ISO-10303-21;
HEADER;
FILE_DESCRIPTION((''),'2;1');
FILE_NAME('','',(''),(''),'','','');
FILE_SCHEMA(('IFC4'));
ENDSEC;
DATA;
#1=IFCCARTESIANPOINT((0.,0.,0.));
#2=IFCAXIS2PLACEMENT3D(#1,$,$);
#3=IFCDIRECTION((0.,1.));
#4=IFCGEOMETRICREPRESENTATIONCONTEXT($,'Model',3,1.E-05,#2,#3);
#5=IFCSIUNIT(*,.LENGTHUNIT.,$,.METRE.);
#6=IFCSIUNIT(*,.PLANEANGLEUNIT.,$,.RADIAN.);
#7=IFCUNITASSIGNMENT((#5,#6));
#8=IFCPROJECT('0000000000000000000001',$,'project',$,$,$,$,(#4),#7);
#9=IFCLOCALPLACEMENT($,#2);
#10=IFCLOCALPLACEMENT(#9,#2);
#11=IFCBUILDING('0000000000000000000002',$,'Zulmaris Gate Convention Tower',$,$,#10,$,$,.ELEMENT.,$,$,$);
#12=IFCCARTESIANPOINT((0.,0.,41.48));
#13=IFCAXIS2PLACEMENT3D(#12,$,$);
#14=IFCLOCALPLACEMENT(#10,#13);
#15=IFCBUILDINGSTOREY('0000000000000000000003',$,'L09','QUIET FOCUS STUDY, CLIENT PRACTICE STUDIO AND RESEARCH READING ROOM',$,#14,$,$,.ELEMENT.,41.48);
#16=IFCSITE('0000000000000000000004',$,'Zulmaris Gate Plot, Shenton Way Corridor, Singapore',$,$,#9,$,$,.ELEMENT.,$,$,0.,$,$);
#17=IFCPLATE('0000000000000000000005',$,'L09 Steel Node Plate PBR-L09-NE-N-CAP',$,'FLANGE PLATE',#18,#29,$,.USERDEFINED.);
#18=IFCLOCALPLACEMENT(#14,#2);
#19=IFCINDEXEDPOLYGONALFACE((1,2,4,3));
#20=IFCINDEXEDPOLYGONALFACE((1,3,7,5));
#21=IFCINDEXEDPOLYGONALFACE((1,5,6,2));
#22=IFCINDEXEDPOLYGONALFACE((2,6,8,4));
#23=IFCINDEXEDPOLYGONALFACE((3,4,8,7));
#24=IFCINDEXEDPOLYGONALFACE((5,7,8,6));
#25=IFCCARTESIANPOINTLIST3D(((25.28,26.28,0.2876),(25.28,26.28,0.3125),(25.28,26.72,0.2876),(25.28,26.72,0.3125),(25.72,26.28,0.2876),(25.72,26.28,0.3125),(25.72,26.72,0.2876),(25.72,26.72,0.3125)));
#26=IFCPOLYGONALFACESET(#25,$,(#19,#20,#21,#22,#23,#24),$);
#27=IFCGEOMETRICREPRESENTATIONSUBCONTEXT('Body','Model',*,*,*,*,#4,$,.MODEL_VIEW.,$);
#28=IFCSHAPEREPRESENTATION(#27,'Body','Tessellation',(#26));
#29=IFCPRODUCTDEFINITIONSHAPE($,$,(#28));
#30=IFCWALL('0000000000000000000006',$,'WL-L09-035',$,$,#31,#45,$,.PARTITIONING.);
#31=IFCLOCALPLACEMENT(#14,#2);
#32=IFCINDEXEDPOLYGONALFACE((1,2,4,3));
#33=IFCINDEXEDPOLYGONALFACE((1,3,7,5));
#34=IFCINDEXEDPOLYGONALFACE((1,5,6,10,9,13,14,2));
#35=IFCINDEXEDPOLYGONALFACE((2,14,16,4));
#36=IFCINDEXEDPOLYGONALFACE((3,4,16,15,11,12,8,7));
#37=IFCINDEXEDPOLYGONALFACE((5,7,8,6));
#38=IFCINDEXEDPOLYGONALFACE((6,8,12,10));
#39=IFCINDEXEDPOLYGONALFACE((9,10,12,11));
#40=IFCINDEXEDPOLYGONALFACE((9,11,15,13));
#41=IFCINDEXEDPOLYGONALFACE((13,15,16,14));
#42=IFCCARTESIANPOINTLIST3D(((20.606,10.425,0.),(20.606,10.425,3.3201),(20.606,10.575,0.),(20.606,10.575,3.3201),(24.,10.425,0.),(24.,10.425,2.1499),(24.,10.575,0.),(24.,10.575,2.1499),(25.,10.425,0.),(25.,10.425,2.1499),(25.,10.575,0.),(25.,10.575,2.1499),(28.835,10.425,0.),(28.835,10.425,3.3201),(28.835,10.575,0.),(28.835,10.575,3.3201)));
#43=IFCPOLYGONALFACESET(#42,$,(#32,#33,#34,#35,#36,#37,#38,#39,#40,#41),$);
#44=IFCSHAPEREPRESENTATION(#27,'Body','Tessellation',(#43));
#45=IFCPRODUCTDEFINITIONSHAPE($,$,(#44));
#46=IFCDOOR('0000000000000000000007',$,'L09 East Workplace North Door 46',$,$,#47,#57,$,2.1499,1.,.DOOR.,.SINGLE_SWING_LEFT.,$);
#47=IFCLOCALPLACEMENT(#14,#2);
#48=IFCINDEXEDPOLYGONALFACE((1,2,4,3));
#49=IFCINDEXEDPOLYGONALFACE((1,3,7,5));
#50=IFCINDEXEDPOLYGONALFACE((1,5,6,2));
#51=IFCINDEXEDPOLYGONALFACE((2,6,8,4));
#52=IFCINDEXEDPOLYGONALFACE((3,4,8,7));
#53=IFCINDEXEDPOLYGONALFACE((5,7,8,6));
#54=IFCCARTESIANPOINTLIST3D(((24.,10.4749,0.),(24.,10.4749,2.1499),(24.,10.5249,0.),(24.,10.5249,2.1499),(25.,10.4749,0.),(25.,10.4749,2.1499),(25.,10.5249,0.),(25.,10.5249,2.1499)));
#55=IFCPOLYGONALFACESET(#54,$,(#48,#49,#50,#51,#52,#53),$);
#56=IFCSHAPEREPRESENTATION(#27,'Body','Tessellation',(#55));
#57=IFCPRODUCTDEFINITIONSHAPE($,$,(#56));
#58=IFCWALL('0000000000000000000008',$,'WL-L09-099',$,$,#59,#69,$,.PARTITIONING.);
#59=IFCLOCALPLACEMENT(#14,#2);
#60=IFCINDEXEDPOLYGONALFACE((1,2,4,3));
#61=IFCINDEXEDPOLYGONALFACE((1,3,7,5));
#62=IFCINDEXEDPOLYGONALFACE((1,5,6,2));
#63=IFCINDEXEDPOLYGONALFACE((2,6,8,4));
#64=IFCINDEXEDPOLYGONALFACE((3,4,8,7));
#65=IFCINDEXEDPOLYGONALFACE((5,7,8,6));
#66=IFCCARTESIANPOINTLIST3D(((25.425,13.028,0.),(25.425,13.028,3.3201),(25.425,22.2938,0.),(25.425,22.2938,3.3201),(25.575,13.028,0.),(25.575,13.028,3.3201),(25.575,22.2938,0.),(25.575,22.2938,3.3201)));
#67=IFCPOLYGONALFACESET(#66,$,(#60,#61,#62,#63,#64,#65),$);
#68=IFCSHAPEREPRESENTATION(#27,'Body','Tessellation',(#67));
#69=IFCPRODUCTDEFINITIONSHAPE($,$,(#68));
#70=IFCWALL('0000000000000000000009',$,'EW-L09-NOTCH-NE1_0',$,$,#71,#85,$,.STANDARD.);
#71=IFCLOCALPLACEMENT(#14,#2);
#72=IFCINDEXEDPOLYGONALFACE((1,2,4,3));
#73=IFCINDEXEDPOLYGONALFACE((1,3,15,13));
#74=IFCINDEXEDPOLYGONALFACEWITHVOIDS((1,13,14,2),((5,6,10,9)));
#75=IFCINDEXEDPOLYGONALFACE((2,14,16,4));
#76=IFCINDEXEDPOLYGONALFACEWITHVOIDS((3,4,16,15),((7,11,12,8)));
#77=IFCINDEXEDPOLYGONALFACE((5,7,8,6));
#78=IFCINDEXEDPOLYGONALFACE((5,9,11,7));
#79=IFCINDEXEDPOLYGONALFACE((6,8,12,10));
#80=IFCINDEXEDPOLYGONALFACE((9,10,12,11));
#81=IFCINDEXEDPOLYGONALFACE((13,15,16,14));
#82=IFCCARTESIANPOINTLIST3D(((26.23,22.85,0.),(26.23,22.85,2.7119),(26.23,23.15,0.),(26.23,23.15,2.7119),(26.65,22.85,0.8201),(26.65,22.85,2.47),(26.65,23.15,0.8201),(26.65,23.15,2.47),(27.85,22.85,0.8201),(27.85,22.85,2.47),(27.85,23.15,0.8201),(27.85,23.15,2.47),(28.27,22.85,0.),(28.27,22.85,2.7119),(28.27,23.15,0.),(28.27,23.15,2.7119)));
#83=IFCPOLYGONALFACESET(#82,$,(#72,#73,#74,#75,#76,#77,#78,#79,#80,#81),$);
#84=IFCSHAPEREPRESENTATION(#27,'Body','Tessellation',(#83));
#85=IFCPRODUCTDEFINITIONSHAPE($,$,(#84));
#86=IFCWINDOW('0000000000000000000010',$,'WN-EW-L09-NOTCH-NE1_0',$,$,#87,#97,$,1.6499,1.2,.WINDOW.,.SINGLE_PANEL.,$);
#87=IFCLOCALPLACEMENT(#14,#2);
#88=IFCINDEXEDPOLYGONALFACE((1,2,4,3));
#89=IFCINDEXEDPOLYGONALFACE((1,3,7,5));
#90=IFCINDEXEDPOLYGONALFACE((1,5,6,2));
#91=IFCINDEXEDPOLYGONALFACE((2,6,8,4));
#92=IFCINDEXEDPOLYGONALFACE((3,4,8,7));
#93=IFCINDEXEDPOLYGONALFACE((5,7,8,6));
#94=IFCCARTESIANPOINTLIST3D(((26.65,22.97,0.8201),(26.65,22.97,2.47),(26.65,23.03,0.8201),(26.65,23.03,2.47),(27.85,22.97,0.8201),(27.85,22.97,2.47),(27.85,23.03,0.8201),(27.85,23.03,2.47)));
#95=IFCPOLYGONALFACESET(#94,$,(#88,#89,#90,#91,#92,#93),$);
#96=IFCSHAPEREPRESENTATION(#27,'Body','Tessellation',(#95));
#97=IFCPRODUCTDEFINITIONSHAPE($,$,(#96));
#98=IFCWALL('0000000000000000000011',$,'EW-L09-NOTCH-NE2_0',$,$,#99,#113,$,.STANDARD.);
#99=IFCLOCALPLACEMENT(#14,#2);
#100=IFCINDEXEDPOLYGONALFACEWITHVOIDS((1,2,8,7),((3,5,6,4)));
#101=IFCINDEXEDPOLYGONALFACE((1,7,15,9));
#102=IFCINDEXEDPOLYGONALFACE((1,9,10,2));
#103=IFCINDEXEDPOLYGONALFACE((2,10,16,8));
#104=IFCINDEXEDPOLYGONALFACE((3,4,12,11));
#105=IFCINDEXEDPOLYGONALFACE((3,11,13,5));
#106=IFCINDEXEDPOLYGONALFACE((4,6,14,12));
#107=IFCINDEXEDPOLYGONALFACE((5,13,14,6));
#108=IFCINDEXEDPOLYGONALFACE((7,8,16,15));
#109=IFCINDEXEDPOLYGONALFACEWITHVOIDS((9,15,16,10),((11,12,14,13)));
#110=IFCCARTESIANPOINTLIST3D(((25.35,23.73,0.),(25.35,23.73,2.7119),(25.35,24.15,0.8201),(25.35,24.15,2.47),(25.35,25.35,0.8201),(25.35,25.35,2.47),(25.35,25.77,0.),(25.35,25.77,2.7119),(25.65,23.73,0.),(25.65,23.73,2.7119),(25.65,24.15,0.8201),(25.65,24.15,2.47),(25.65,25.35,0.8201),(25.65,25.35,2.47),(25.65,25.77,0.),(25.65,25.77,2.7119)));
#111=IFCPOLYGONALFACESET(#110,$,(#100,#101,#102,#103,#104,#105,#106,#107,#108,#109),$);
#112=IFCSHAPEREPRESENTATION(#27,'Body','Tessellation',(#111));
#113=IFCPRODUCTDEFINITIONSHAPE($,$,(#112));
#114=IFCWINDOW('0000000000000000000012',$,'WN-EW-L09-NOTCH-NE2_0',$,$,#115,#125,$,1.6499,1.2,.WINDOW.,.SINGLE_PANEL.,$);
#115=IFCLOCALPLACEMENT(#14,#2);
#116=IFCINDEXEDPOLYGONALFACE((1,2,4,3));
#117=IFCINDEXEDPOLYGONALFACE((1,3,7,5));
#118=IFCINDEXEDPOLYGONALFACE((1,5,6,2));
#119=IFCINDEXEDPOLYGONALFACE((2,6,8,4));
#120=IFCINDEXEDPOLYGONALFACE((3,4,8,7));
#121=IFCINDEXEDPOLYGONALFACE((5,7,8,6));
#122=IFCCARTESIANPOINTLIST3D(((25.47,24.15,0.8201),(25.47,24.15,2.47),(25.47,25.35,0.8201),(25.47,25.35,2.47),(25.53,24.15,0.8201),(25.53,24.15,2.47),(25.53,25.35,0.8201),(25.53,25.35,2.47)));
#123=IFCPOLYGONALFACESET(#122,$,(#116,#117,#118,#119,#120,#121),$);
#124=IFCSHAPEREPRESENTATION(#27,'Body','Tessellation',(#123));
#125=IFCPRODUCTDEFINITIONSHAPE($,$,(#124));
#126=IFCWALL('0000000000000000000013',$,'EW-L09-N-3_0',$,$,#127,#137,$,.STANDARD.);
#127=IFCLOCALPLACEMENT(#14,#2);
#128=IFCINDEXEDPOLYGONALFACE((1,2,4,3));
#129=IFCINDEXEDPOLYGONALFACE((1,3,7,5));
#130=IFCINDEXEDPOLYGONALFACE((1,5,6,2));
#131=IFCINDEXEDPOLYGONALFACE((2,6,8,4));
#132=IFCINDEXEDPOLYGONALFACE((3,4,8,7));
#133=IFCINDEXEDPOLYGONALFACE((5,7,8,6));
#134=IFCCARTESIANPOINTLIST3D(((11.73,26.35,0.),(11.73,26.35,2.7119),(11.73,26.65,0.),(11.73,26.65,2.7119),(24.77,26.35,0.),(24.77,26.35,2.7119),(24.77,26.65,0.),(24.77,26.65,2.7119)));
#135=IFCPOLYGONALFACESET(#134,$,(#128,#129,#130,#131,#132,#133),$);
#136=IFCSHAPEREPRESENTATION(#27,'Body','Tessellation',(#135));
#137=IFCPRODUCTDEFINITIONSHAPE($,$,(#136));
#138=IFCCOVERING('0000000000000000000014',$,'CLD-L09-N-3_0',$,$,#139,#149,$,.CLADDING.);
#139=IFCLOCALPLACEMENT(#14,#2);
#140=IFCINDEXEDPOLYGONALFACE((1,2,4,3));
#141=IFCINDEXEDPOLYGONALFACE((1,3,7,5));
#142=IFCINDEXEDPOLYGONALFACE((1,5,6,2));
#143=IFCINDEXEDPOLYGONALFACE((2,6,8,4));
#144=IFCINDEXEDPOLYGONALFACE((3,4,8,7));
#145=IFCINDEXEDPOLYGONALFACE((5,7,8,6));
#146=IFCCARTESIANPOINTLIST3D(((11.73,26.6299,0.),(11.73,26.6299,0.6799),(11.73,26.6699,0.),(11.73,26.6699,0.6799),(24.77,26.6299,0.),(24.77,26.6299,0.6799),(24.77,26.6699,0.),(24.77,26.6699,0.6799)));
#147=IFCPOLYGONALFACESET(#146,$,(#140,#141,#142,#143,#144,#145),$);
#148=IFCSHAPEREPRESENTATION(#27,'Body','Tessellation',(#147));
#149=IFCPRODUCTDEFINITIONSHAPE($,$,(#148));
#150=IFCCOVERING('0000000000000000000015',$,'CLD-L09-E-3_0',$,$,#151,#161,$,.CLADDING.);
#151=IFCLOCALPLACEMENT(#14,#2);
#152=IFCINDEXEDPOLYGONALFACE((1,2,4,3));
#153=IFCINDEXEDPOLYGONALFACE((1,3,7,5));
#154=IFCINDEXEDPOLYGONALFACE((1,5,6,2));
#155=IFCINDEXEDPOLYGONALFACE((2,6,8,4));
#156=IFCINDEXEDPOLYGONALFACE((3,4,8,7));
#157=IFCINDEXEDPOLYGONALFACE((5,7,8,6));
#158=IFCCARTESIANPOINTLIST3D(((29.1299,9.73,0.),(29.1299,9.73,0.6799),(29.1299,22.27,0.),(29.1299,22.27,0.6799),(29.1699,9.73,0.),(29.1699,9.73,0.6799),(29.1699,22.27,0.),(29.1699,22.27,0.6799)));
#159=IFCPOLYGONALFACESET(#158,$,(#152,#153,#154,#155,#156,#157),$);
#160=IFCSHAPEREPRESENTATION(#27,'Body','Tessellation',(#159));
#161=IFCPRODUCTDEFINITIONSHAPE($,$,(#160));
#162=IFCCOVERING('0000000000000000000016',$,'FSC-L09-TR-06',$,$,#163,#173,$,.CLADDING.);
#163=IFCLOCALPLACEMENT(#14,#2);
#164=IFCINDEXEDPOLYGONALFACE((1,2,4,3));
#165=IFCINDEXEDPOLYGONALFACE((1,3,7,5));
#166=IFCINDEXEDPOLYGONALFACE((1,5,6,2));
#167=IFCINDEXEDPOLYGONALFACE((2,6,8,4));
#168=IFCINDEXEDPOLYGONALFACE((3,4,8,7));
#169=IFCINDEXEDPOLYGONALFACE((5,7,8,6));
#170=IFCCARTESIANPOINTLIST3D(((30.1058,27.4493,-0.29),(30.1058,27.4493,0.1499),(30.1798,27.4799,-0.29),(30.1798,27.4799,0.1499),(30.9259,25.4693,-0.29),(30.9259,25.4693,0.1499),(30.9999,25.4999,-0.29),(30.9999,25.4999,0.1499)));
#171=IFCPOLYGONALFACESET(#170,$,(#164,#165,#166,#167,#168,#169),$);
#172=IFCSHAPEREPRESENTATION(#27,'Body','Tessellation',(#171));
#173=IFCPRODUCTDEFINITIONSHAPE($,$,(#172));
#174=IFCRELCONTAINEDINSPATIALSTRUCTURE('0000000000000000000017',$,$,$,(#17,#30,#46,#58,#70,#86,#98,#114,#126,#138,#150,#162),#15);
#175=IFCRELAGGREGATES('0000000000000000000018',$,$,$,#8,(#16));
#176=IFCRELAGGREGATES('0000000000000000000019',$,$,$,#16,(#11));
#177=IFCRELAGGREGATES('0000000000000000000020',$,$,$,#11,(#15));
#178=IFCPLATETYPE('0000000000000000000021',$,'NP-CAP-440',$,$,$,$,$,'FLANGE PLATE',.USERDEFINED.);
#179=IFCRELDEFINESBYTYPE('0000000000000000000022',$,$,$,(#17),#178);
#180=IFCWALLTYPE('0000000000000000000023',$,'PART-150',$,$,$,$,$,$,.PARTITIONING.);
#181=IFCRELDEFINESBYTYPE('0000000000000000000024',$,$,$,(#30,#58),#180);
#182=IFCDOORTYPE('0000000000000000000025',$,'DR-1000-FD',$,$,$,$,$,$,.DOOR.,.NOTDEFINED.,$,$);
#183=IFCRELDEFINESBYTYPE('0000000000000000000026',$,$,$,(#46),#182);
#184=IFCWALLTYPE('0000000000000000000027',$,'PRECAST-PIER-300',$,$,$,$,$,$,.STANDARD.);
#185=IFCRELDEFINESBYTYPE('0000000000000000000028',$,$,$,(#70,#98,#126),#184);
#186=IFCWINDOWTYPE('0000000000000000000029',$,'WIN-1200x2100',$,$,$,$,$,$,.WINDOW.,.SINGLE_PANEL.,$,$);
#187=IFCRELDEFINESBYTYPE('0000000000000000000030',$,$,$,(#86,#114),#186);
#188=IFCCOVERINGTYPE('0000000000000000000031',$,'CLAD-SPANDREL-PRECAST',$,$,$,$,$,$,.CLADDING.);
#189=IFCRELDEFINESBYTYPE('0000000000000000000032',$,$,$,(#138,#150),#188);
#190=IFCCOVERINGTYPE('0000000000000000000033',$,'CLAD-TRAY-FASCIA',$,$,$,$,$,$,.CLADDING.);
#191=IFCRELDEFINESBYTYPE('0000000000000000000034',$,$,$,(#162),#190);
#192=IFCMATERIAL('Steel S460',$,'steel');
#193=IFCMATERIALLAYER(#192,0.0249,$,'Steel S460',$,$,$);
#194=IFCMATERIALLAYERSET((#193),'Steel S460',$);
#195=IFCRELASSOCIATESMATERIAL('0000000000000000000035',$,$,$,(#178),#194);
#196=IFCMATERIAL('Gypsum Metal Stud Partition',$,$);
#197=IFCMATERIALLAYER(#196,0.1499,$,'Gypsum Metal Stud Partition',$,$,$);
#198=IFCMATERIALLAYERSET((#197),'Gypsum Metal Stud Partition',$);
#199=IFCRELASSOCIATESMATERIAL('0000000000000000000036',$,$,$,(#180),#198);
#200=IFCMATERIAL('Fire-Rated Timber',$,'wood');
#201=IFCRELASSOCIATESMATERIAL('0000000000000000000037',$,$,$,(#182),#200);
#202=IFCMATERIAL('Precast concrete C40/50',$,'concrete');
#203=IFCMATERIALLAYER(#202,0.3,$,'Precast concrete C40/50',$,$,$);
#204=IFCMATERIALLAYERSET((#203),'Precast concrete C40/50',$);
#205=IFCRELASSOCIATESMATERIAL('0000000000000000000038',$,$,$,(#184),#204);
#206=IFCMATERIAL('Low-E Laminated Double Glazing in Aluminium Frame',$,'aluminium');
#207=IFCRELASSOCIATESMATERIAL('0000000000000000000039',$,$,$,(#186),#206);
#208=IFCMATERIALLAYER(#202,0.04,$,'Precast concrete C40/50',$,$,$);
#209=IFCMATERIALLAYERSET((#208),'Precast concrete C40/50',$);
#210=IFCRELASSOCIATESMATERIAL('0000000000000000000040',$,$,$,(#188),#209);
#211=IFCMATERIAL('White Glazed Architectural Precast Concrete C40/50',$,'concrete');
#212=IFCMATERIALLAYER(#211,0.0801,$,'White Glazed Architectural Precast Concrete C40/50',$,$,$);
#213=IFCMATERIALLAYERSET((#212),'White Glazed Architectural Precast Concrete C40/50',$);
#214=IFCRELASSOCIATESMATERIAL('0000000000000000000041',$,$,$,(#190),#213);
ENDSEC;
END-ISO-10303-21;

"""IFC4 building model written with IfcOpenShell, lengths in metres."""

from ifc_helpers import new_model, si_unit, direction, frame, frame_2d, origin, origin_2d, place, context, subcontext, project, spatial, rectangle, extrude, material, layer, layer_set, type_object, element, fill, save


model = new_model("IFC4")

# Units and contexts
model_context = context("Model", 3, precision=1e-05, world=origin(), true_north=direction((0.0, 1.0)))
body_context = subcontext(model_context, "Body", "Model", "MODEL_VIEW")
ifc_project = project(units=[si_unit("LENGTHUNIT", "METRE"), si_unit("PLANEANGLEUNIT", "RADIAN")], contexts=[model_context])

# Site, building, storey
site_placement = place(None, origin())
site = spatial("IfcSite", under=ifc_project, at=site_placement, Name="Zulmaris Gate Plot, Shenton Way Corridor, Singapore", CompositionType="ELEMENT", RefElevation=0.0)
building_placement = place(site_placement, origin())
building = spatial("IfcBuilding", under=site, at=building_placement, Name="Zulmaris Gate Convention Tower", CompositionType="ELEMENT")
storey_placement = place(building_placement, frame((0.0, 0.0, 41.48)))
storey = spatial("IfcBuildingStorey", under=building, at=storey_placement, Name="L09", Description="QUIET FOCUS STUDY, CLIENT PRACTICE STUDIO AND RESEARCH READING ROOM", CompositionType="ELEMENT", Elevation=41.48)

# Shared definitions
ifc_material_1 = material(Name="Steel S460", Category="steel")

# Plate
ifc_layer_1 = layer(ifc_material_1, 0.0249, Name="Steel S460")
ifc_layer_set_1 = layer_set([ifc_layer_1], Name="Steel S460")
plate_type = type_object("IfcPlateType", Name="NP-CAP-440", ElementType="FLANGE PLATE", PredefinedType="USERDEFINED", material=ifc_layer_set_1)
for number, where, z_axis, x_axis, name in (
    (1, (25.5, 26.5, 0.2876), (0.0, 0.0, 1.0), (1.0, 0.0, 0.0), "L09 Steel Node Plate PBR-L09-NE-N-CAP"),
):
    element("IfcPlate", number, at=place(storey_placement, frame(where, z_axis=z_axis, x_axis=x_axis)), inside=storey, type_object=plate_type, Name=name, ObjectType="FLANGE PLATE", PredefinedType="USERDEFINED", context=body_context, shape_type="SweptSolid", body=[
        extrude(rectangle(XDim=0.4399, YDim=0.4399, at=origin_2d()), origin(), (0.0, 0.0, 1.0), 0.0249),
    ])

# Shared definitions
ifc_material_2 = material(Name="Fire-Rated Timber", Category="wood")

# Wall, opening, door
ifc_material_3 = material(Name="Gypsum Metal Stud Partition")
ifc_layer_2 = layer(ifc_material_3, 0.1499, Name="Gypsum Metal Stud Partition")
ifc_layer_set_2 = layer_set([ifc_layer_2], Name="Gypsum Metal Stud Partition")
wall_type_1 = type_object("IfcWallType", Name="PART-150", PredefinedType="PARTITIONING", material=ifc_layer_set_2)
wall_1_placement = place(storey_placement, frame((20.606, 10.5, 0.0), z_axis=(0.0, 0.0, 1.0), x_axis=(1.0, 0.0, 0.0)))
wall_1 = element("IfcWall", 2, at=wall_1_placement, inside=storey, type_object=wall_type_1, Name="WL-L09-035", PredefinedType="PARTITIONING", context=body_context, shape_type="SweptSolid", body=[
    extrude(rectangle(XDim=8.229, YDim=0.1499, at=frame_2d((4.1145, 0.0))), origin(), (0.0, 0.0, 1.0), 3.3201),
])
opening_1_placement = place(wall_1_placement, frame((3.394, 0.0, 0.0)))
opening_1 = element("IfcOpeningElement", 3, at=opening_1_placement, cuts=wall_1, PredefinedType="OPENING", context=body_context, shape_type="SweptSolid", body=[
    extrude(rectangle(XDim=1.0, YDim=2.1499, at=frame_2d((0.5, 1.075))), frame((0.0, 0.085, 0.0), z_axis=(0.0, -1.0, 0.0), x_axis=(1.0, 0.0, 0.0)), (0.0, 0.0, 1.0), 0.1699),
])
door_type_1 = type_object("IfcDoorType", Name="DR-1000-FD", OperationType="NOTDEFINED", PredefinedType="DOOR", material=ifc_material_2)
door_1_placement = place(opening_1_placement, origin())
door_1 = element("IfcDoor", 4, at=door_1_placement, inside=storey, type_object=door_type_1, Name="L09 East Workplace North Door 46", OperationType="SINGLE_SWING_LEFT", OverallHeight=2.1499, OverallWidth=1.0, PredefinedType="DOOR", context=body_context, shape_type="SweptSolid", body=[
    extrude(rectangle(XDim=1.0, YDim=2.1499, at=frame_2d((0.5, 1.075))), frame((0.0, 0.0249, 0.0), z_axis=(0.0, -1.0, 0.0), x_axis=(1.0, 0.0, 0.0)), (0.0, 0.0, 1.0), 0.05),
])
fill(opening_1, door_1)

# Wall
wall_2_placement = place(storey_placement, frame((25.5, 13.0281, 0.0), z_axis=(0.0, 0.0, 1.0), x_axis=(0.0, 1.0, 0.0)))
element("IfcWall", 5, at=wall_2_placement, inside=storey, type_object=wall_type_1, Name="WL-L09-099", PredefinedType="PARTITIONING", context=body_context, shape_type="SweptSolid", body=[
    extrude(rectangle(XDim=9.2659, YDim=0.1499, at=frame_2d((4.6328, 0.0))), origin(), (0.0, 0.0, 1.0), 3.3201),
])

# Walls, openings, windows
ifc_material_4 = material(Name="Precast concrete C40/50", Category="concrete")
ifc_layer_3 = layer(ifc_material_4, 0.3, Name="Precast concrete C40/50")
ifc_layer_set_3 = layer_set([ifc_layer_3], Name="Precast concrete C40/50")
wall_type_2 = type_object("IfcWallType", Name="PRECAST-PIER-300", PredefinedType="STANDARD", material=ifc_layer_set_3)
wall_3_placement = place(storey_placement, frame((28.27, 23.0, 0.0), z_axis=(0.0, 0.0, 1.0), x_axis=(-1.0, 0.0, 0.0)))
wall_3 = element("IfcWall", 6, at=wall_3_placement, inside=storey, type_object=wall_type_2, Name="EW-L09-NOTCH-NE1_0", PredefinedType="STANDARD", context=body_context, shape_type="SweptSolid", body=[
    extrude(rectangle(XDim=2.04, YDim=0.3, at=frame_2d((1.02, 0.0))), origin(), (0.0, 0.0, 1.0), 2.7119),
])
opening_2_placement = place(wall_3_placement, frame((0.4199, 0.0, 0.8201)))
opening_2 = element("IfcOpeningElement", 7, at=opening_2_placement, cuts=wall_3, PredefinedType="OPENING", context=body_context, shape_type="SweptSolid", body=[
    extrude(rectangle(XDim=1.2, YDim=1.6499, at=frame_2d((0.6001, 0.825))), frame((0.0, 0.1602, 0.0), z_axis=(0.0, -1.0, 0.0), x_axis=(1.0, 0.0, 0.0)), (0.0, 0.0, 1.0), 0.3201),
])
ifc_material_5 = material(Name="Low-E Laminated Double Glazing in Aluminium Frame", Category="aluminium")
window_type = type_object("IfcWindowType", Name="WIN-1200x2100", PartitioningType="SINGLE_PANEL", PredefinedType="WINDOW", material=ifc_material_5)
window_1_placement = place(opening_2_placement, origin())
window_1 = element("IfcWindow", 8, at=window_1_placement, inside=storey, type_object=window_type, Name="WN-EW-L09-NOTCH-NE1_0", OverallHeight=1.6499, OverallWidth=1.2, PartitioningType="SINGLE_PANEL", PredefinedType="WINDOW", context=body_context, shape_type="SweptSolid", body=[
    extrude(rectangle(XDim=1.2, YDim=1.6499, at=frame_2d((0.6001, 0.825))), frame((0.0, 0.03, 0.0), z_axis=(0.0, -1.0, 0.0), x_axis=(1.0, 0.0, 0.0)), (0.0, 0.0, 1.0), 0.0601),
])
fill(opening_2, window_1)
wall_4_placement = place(storey_placement, frame((25.5, 23.73, 0.0), z_axis=(0.0, 0.0, 1.0), x_axis=(0.0, 1.0, 0.0)))
wall_4 = element("IfcWall", 9, at=wall_4_placement, inside=storey, type_object=wall_type_2, Name="EW-L09-NOTCH-NE2_0", PredefinedType="STANDARD", context=body_context, shape_type="SweptSolid", body=[
    extrude(rectangle(XDim=2.04, YDim=0.3, at=frame_2d((1.02, 0.0))), origin(), (0.0, 0.0, 1.0), 2.7119),
])
opening_3_placement = place(wall_4_placement, frame((0.4199, 0.0, 0.8201)))
opening_3 = element("IfcOpeningElement", 10, at=opening_3_placement, cuts=wall_4, PredefinedType="OPENING", context=body_context, shape_type="SweptSolid", body=[
    extrude(rectangle(XDim=1.2, YDim=1.6499, at=frame_2d((0.6001, 0.825))), frame((0.0, 0.1602, 0.0), z_axis=(0.0, -1.0, 0.0), x_axis=(1.0, 0.0, 0.0)), (0.0, 0.0, 1.0), 0.3201),
])
window_2_placement = place(opening_3_placement, origin())
window_2 = element("IfcWindow", 11, at=window_2_placement, inside=storey, type_object=window_type, Name="WN-EW-L09-NOTCH-NE2_0", OverallHeight=1.6499, OverallWidth=1.2, PartitioningType="SINGLE_PANEL", PredefinedType="WINDOW", context=body_context, shape_type="SweptSolid", body=[
    extrude(rectangle(XDim=1.2, YDim=1.6499, at=frame_2d((0.6001, 0.825))), frame((0.0, 0.03, 0.0), z_axis=(0.0, -1.0, 0.0), x_axis=(1.0, 0.0, 0.0)), (0.0, 0.0, 1.0), 0.0601),
])
fill(opening_3, window_2)

# Wall
wall_5_placement = place(storey_placement, frame((24.77, 26.5, 0.0), z_axis=(0.0, 0.0, 1.0), x_axis=(-1.0, 0.0, 0.0)))
element("IfcWall", 12, at=wall_5_placement, inside=storey, type_object=wall_type_2, Name="EW-L09-N-3_0", PredefinedType="STANDARD", context=body_context, shape_type="SweptSolid", body=[
    extrude(rectangle(XDim=13.04, YDim=0.3, at=frame_2d((6.52, 0.0))), origin(), (0.0, 0.0, 1.0), 2.7119),
])

# Coverings
ifc_layer_4 = layer(ifc_material_4, 0.04, Name="Precast concrete C40/50")
ifc_layer_set_4 = layer_set([ifc_layer_4], Name="Precast concrete C40/50")
covering_type_1 = type_object("IfcCoveringType", Name="CLAD-SPANDREL-PRECAST", PredefinedType="CLADDING", material=ifc_layer_set_4)
covering_1_placement = place(storey_placement, frame((24.77, 26.6499, 0.0), z_axis=(0.0, 0.0, 1.0), x_axis=(-1.0, 0.0, 0.0)))
element("IfcCovering", 13, at=covering_1_placement, inside=storey, type_object=covering_type_1, Name="CLD-L09-N-3_0", PredefinedType="CLADDING", context=body_context, shape_type="SweptSolid", body=[
    extrude(rectangle(XDim=13.04, YDim=0.04, at=frame_2d((6.52, 0.0))), origin(), (0.0, 0.0, 1.0), 0.6799),
])
covering_2_placement = place(storey_placement, frame((29.1499, 9.73, 0.0), z_axis=(0.0, 0.0, 1.0), x_axis=(0.0, 1.0, 0.0)))
element("IfcCovering", 14, at=covering_2_placement, inside=storey, type_object=covering_type_1, Name="CLD-L09-E-3_0", PredefinedType="CLADDING", context=body_context, shape_type="SweptSolid", body=[
    extrude(rectangle(XDim=12.54, YDim=0.04, at=frame_2d((6.27, 0.0))), origin(), (0.0, 0.0, 1.0), 0.6799),
])
ifc_material_6 = material(Name="White Glazed Architectural Precast Concrete C40/50", Category="concrete")
ifc_layer_5 = layer(ifc_material_6, 0.0801, Name="White Glazed Architectural Precast Concrete C40/50")
ifc_layer_set_5 = layer_set([ifc_layer_5], Name="White Glazed Architectural Precast Concrete C40/50")
covering_type_2 = type_object("IfcCoveringType", Name="CLAD-TRAY-FASCIA", PredefinedType="CLADDING", material=ifc_layer_set_5)
covering_3_placement = place(storey_placement, frame((30.9629, 25.4846, -0.29), z_axis=(0.0, 0.0, 1.0), x_axis=(-0.382657, 0.92389, 0.0)))
element("IfcCovering", 15, at=covering_3_placement, inside=storey, type_object=covering_type_2, Name="FSC-L09-TR-06", PredefinedType="CLADDING", context=body_context, shape_type="SweptSolid", body=[
    extrude(rectangle(XDim=2.1431, YDim=0.0801, at=frame_2d((1.0715, 0.0))), origin(), (0.0, 0.0, 1.0), 0.4399),
])

save(model, "model.ifc")
